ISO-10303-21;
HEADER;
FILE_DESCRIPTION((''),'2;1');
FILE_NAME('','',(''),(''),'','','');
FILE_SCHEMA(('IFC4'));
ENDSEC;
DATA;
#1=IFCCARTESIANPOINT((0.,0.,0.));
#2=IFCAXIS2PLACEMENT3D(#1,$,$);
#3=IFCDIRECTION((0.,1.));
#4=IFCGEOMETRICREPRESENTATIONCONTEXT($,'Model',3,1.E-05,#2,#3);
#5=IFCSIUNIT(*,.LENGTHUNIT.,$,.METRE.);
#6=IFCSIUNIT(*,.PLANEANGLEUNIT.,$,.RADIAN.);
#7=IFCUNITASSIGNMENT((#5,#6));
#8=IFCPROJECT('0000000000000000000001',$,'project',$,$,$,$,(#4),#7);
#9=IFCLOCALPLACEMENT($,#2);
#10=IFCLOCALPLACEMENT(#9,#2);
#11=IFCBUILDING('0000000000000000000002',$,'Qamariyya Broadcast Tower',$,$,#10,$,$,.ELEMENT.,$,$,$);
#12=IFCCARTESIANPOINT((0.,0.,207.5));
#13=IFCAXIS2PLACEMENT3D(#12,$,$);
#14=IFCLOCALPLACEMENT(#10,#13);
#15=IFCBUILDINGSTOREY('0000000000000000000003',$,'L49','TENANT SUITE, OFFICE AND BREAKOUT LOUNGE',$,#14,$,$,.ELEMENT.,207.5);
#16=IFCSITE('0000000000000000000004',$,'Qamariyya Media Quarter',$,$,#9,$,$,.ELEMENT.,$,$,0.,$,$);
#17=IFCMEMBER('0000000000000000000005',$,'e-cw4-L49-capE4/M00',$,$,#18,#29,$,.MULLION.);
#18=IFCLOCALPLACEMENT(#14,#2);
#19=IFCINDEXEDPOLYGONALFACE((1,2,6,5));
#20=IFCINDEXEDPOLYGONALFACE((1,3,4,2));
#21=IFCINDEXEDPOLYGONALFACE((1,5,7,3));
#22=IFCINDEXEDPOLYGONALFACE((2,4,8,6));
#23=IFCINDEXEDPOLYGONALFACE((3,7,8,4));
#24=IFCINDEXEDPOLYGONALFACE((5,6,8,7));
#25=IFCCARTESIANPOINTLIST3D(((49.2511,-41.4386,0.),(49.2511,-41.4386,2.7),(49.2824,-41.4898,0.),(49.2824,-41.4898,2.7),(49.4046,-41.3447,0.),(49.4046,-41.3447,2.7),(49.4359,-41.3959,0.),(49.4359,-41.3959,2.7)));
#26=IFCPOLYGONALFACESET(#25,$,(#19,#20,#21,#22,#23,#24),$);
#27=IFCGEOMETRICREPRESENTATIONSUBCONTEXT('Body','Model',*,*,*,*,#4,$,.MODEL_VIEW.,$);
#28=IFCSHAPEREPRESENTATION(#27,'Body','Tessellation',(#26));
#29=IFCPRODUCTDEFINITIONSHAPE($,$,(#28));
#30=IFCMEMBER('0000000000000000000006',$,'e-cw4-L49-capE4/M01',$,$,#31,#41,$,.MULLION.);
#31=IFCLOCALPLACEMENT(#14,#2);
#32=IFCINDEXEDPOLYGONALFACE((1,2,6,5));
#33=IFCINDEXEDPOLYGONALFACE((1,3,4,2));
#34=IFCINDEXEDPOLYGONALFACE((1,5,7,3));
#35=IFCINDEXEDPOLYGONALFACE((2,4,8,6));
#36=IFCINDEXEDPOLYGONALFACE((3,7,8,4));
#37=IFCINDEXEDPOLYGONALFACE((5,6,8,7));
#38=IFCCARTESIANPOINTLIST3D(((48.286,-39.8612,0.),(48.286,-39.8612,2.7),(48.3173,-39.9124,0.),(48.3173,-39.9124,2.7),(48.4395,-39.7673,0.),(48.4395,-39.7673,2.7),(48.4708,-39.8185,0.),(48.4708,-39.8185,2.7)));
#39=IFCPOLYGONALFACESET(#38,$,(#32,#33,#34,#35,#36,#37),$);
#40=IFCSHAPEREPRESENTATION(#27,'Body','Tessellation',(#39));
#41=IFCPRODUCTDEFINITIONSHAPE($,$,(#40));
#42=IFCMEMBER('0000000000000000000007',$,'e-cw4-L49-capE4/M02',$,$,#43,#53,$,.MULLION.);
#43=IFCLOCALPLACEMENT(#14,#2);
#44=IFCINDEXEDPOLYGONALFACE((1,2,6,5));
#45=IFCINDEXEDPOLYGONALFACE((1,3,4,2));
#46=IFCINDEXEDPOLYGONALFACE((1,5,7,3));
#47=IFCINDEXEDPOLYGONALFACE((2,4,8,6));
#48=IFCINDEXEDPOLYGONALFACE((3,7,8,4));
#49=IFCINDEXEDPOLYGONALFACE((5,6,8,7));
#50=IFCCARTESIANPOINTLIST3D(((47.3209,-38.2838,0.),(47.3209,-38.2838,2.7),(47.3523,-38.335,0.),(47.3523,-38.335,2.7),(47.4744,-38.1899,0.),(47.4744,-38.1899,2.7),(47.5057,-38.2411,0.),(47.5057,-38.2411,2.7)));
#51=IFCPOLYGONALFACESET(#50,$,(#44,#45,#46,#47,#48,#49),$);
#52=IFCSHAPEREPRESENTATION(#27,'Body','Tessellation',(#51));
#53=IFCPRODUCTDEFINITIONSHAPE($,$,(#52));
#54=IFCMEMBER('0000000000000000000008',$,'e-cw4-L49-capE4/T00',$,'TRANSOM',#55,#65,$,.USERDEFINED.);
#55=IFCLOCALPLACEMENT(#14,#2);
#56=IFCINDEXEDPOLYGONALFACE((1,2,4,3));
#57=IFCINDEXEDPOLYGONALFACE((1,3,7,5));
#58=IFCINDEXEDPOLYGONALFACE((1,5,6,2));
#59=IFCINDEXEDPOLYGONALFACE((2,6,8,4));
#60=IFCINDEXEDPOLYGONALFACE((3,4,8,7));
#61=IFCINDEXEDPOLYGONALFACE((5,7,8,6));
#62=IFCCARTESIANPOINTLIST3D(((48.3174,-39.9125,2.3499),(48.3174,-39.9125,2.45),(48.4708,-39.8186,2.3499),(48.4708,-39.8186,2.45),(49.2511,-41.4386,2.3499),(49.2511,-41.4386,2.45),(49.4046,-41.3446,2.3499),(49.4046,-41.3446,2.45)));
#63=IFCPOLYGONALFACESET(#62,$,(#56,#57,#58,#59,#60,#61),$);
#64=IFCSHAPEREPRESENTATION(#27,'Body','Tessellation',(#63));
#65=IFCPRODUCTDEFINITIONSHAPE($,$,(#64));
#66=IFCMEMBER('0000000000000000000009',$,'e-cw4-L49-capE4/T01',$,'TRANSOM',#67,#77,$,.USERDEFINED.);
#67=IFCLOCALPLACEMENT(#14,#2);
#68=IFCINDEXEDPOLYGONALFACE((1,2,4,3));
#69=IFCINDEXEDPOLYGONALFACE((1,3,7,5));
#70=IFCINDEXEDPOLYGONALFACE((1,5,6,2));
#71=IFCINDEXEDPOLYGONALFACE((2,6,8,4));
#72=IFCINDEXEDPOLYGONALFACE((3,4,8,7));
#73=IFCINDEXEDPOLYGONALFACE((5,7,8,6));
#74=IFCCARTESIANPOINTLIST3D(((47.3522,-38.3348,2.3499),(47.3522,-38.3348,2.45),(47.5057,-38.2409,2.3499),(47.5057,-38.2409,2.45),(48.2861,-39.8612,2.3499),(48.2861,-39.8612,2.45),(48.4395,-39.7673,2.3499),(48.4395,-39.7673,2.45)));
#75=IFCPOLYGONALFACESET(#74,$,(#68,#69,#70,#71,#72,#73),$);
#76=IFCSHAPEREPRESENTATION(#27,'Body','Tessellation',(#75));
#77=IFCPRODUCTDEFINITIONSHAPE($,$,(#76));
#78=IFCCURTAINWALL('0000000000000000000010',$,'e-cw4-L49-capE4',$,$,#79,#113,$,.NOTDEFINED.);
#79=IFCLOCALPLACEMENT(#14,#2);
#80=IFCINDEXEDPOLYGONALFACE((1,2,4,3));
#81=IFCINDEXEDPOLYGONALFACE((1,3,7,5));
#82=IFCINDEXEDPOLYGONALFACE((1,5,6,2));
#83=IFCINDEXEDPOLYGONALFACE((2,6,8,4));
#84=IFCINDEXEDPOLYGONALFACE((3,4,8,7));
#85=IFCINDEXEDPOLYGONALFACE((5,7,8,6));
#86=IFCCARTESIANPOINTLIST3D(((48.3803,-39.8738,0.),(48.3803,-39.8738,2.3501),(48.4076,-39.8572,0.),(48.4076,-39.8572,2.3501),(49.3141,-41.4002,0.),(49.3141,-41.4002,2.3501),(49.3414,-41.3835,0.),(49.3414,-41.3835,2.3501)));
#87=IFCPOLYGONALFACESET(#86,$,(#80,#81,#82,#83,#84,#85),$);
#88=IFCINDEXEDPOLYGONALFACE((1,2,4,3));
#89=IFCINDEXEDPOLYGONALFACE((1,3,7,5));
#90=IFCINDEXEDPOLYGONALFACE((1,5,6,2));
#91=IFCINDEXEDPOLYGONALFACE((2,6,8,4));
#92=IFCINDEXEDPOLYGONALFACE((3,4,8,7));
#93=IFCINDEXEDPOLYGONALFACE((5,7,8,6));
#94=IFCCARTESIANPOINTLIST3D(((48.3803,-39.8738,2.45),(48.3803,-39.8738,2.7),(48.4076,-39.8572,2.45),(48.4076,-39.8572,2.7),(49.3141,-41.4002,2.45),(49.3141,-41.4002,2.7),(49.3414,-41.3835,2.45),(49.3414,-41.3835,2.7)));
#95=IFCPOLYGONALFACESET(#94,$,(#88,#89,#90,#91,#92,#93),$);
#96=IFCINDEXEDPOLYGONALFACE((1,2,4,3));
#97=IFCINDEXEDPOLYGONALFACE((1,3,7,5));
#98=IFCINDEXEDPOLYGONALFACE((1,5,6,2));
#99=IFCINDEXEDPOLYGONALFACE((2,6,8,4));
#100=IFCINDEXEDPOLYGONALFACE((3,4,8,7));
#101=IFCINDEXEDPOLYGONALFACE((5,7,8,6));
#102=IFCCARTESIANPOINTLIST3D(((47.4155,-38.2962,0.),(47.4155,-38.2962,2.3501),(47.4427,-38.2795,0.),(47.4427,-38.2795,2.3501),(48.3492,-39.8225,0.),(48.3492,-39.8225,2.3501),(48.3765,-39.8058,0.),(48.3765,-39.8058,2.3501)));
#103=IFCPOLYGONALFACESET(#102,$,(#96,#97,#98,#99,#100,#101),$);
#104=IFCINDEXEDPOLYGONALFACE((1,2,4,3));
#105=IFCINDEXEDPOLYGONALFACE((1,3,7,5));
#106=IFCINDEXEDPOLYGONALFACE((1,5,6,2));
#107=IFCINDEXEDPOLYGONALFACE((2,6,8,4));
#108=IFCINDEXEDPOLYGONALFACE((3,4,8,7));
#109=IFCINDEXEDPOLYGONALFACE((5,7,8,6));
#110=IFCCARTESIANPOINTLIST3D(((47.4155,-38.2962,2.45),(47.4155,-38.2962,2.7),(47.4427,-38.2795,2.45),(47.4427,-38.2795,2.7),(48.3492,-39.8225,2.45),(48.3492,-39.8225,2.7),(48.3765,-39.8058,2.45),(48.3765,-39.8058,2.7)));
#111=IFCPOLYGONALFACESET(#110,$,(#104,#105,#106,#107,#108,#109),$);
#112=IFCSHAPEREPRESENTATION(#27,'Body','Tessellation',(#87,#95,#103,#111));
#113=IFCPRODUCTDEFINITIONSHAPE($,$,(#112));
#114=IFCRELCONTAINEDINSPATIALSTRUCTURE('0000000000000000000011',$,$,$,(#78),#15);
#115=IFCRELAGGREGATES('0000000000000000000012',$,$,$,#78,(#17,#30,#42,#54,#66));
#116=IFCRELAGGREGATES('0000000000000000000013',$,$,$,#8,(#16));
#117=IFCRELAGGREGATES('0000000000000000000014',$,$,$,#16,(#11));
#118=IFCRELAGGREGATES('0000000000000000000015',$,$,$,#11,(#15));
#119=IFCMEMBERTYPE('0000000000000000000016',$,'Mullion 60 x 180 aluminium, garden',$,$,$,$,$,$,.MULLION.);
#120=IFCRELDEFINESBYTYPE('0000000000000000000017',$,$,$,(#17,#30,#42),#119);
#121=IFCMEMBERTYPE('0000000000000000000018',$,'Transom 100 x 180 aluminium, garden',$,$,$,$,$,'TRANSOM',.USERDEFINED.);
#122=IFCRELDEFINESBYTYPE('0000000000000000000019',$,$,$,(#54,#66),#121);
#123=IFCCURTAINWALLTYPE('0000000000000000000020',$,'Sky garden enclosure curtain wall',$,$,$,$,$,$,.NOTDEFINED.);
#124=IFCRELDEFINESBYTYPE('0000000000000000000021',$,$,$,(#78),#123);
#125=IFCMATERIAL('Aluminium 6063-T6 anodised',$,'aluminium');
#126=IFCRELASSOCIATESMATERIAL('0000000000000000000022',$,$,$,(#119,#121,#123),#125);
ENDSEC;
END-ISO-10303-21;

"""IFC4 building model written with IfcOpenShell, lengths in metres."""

from ifc_helpers import new_model, si_unit, direction, frame, origin, origin_2d, place, context, subcontext, project, spatial, rectangle, extrude, material, material_profile, profile_set, type_object, element, aggregate, save


model = new_model("IFC4")

# Units and contexts
model_context = context("Model", 3, precision=1e-05, world=origin(), true_north=direction((0.0, 1.0)))
body_context = subcontext(model_context, "Body", "Model", "MODEL_VIEW")
ifc_project = project(units=[si_unit("LENGTHUNIT", "METRE"), si_unit("PLANEANGLEUNIT", "RADIAN")], contexts=[model_context])

# Members
ifc_material_1 = material(Name="Aluminium 6063-T6 anodised", Category="aluminium")
ifc_material_profile_1 = material_profile(ifc_material_1, rectangle(XDim=0.1799, YDim=0.0601, at=origin_2d()))
ifc_profile_set_1 = profile_set([ifc_material_profile_1], Name="Aluminium 6063-T6 anodised")
member_type_1 = type_object("IfcMemberType", Name="Mullion 60 x 180 aluminium, garden", PredefinedType="MULLION", material=ifc_profile_set_1)
site_placement = place(None, origin())
building_placement = place(site_placement, origin())
storey_placement = place(building_placement, frame((0.0, 0.0, 207.5)))
member_1_placement = place(storey_placement, frame((49.3435, -41.4172, 0.0), z_axis=(0.0, 0.0, 1.0), x_axis=(-0.853018, -0.521881, 0.0)))
member_1 = element("IfcMember", 1, at=member_1_placement, type_object=member_type_1, Name="e-cw4-L49-capE4/M00", PredefinedType="MULLION", context=body_context, shape_type="SweptSolid", body=[
    extrude(rectangle(XDim=0.1799, YDim=0.0601, at=origin_2d()), origin(), (0.0, 0.0, 1.0), 2.7),
])
member_2_placement = place(storey_placement, frame((48.3784, -39.8398, 0.0), z_axis=(0.0, 0.0, 1.0), x_axis=(-0.853018, -0.521881, 0.0)))
member_2 = element("IfcMember", 2, at=member_2_placement, type_object=member_type_1, Name="e-cw4-L49-capE4/M01", PredefinedType="MULLION", context=body_context, shape_type="SweptSolid", body=[
    extrude(rectangle(XDim=0.1799, YDim=0.0601, at=origin_2d()), origin(), (0.0, 0.0, 1.0), 2.7),
])
member_3_placement = place(storey_placement, frame((47.4133, -38.2625, 0.0), z_axis=(0.0, 0.0, 1.0), x_axis=(-0.853018, -0.521881, 0.0)))
member_3 = element("IfcMember", 3, at=member_3_placement, type_object=member_type_1, Name="e-cw4-L49-capE4/M02", PredefinedType="MULLION", context=body_context, shape_type="SweptSolid", body=[
    extrude(rectangle(XDim=0.1799, YDim=0.0601, at=origin_2d()), origin(), (0.0, 0.0, 1.0), 2.7),
])
ifc_material_profile_2 = material_profile(ifc_material_1, rectangle(XDim=0.1799, YDim=0.1001, at=origin_2d()))
ifc_profile_set_2 = profile_set([ifc_material_profile_2], Name="Aluminium 6063-T6 anodised")
member_type_2 = type_object("IfcMemberType", Name="Transom 100 x 180 aluminium, garden", ElementType="TRANSOM", PredefinedType="USERDEFINED", material=ifc_profile_set_2)
member_4_placement = place(storey_placement, frame((49.3279, -41.3916, 2.3999), z_axis=(-0.521941, 0.852981, 0.0), x_axis=(-0.852981, -0.521941, 0.0)))
member_4 = element("IfcMember", 4, at=member_4_placement, type_object=member_type_2, Name="e-cw4-L49-capE4/T00", ObjectType="TRANSOM", PredefinedType="USERDEFINED", context=body_context, shape_type="SweptSolid", body=[
    extrude(rectangle(XDim=0.1799, YDim=0.1001, at=origin_2d()), origin(), (0.0, 0.0, 1.0), 1.7891),
])
member_5_placement = place(storey_placement, frame((48.3628, -39.8142, 2.3999), z_axis=(-0.52188, 0.853019, 0.0), x_axis=(-0.853019, -0.52188, 0.0)))
member_5 = element("IfcMember", 5, at=member_5_placement, type_object=member_type_2, Name="e-cw4-L49-capE4/T01", ObjectType="TRANSOM", PredefinedType="USERDEFINED", context=body_context, shape_type="SweptSolid", body=[
    extrude(rectangle(XDim=0.1799, YDim=0.1001, at=origin_2d()), origin(), (0.0, 0.0, 1.0), 1.7893),
])

# Site, building, storey
site = spatial("IfcSite", under=ifc_project, at=site_placement, Name="Qamariyya Media Quarter", CompositionType="ELEMENT", RefElevation=0.0)
building = spatial("IfcBuilding", under=site, at=building_placement, Name="Qamariyya Broadcast Tower", CompositionType="ELEMENT")
storey = spatial("IfcBuildingStorey", under=building, at=storey_placement, Name="L49", Description="TENANT SUITE, OFFICE AND BREAKOUT LOUNGE", CompositionType="ELEMENT", Elevation=207.5)

# Curtain wall
curtain_wall_type = type_object("IfcCurtainWallType", Name="Sky garden enclosure curtain wall", PredefinedType="NOTDEFINED", material=ifc_material_1)
curtain_wall_1_placement = place(storey_placement, origin())
curtain_wall_1 = element("IfcCurtainWall", 6, at=curtain_wall_1_placement, inside=storey, type_object=curtain_wall_type, Name="e-cw4-L49-capE4", PredefinedType="NOTDEFINED", context=body_context, shape_type="SweptSolid", body=[
    extrude(rectangle(XDim=1.7893, YDim=0.032, at=origin_2d()), frame((48.8608, -40.6287, 0.0), x_axis=(-0.52187, 0.853025, 0.0)), (0.0, 0.0, 1.0), 2.3501),
    extrude(rectangle(XDim=1.7893, YDim=0.032, at=origin_2d()), frame((48.8608, -40.6287, 2.45), x_axis=(-0.52187, 0.853025, 0.0)), (0.0, 0.0, 1.0), 0.25),
    extrude(rectangle(XDim=1.7893, YDim=0.032, at=origin_2d()), frame((47.896, -39.051, 0.0), x_axis=(-0.52187, 0.853025, 0.0)), (0.0, 0.0, 1.0), 2.3501),
    extrude(rectangle(XDim=1.7893, YDim=0.032, at=origin_2d()), frame((47.896, -39.051, 2.45), x_axis=(-0.52187, 0.853025, 0.0)), (0.0, 0.0, 1.0), 0.25),
])
aggregate(curtain_wall_1, [member_1, member_2, member_3, member_4, member_5])

save(model, "model.ifc")
